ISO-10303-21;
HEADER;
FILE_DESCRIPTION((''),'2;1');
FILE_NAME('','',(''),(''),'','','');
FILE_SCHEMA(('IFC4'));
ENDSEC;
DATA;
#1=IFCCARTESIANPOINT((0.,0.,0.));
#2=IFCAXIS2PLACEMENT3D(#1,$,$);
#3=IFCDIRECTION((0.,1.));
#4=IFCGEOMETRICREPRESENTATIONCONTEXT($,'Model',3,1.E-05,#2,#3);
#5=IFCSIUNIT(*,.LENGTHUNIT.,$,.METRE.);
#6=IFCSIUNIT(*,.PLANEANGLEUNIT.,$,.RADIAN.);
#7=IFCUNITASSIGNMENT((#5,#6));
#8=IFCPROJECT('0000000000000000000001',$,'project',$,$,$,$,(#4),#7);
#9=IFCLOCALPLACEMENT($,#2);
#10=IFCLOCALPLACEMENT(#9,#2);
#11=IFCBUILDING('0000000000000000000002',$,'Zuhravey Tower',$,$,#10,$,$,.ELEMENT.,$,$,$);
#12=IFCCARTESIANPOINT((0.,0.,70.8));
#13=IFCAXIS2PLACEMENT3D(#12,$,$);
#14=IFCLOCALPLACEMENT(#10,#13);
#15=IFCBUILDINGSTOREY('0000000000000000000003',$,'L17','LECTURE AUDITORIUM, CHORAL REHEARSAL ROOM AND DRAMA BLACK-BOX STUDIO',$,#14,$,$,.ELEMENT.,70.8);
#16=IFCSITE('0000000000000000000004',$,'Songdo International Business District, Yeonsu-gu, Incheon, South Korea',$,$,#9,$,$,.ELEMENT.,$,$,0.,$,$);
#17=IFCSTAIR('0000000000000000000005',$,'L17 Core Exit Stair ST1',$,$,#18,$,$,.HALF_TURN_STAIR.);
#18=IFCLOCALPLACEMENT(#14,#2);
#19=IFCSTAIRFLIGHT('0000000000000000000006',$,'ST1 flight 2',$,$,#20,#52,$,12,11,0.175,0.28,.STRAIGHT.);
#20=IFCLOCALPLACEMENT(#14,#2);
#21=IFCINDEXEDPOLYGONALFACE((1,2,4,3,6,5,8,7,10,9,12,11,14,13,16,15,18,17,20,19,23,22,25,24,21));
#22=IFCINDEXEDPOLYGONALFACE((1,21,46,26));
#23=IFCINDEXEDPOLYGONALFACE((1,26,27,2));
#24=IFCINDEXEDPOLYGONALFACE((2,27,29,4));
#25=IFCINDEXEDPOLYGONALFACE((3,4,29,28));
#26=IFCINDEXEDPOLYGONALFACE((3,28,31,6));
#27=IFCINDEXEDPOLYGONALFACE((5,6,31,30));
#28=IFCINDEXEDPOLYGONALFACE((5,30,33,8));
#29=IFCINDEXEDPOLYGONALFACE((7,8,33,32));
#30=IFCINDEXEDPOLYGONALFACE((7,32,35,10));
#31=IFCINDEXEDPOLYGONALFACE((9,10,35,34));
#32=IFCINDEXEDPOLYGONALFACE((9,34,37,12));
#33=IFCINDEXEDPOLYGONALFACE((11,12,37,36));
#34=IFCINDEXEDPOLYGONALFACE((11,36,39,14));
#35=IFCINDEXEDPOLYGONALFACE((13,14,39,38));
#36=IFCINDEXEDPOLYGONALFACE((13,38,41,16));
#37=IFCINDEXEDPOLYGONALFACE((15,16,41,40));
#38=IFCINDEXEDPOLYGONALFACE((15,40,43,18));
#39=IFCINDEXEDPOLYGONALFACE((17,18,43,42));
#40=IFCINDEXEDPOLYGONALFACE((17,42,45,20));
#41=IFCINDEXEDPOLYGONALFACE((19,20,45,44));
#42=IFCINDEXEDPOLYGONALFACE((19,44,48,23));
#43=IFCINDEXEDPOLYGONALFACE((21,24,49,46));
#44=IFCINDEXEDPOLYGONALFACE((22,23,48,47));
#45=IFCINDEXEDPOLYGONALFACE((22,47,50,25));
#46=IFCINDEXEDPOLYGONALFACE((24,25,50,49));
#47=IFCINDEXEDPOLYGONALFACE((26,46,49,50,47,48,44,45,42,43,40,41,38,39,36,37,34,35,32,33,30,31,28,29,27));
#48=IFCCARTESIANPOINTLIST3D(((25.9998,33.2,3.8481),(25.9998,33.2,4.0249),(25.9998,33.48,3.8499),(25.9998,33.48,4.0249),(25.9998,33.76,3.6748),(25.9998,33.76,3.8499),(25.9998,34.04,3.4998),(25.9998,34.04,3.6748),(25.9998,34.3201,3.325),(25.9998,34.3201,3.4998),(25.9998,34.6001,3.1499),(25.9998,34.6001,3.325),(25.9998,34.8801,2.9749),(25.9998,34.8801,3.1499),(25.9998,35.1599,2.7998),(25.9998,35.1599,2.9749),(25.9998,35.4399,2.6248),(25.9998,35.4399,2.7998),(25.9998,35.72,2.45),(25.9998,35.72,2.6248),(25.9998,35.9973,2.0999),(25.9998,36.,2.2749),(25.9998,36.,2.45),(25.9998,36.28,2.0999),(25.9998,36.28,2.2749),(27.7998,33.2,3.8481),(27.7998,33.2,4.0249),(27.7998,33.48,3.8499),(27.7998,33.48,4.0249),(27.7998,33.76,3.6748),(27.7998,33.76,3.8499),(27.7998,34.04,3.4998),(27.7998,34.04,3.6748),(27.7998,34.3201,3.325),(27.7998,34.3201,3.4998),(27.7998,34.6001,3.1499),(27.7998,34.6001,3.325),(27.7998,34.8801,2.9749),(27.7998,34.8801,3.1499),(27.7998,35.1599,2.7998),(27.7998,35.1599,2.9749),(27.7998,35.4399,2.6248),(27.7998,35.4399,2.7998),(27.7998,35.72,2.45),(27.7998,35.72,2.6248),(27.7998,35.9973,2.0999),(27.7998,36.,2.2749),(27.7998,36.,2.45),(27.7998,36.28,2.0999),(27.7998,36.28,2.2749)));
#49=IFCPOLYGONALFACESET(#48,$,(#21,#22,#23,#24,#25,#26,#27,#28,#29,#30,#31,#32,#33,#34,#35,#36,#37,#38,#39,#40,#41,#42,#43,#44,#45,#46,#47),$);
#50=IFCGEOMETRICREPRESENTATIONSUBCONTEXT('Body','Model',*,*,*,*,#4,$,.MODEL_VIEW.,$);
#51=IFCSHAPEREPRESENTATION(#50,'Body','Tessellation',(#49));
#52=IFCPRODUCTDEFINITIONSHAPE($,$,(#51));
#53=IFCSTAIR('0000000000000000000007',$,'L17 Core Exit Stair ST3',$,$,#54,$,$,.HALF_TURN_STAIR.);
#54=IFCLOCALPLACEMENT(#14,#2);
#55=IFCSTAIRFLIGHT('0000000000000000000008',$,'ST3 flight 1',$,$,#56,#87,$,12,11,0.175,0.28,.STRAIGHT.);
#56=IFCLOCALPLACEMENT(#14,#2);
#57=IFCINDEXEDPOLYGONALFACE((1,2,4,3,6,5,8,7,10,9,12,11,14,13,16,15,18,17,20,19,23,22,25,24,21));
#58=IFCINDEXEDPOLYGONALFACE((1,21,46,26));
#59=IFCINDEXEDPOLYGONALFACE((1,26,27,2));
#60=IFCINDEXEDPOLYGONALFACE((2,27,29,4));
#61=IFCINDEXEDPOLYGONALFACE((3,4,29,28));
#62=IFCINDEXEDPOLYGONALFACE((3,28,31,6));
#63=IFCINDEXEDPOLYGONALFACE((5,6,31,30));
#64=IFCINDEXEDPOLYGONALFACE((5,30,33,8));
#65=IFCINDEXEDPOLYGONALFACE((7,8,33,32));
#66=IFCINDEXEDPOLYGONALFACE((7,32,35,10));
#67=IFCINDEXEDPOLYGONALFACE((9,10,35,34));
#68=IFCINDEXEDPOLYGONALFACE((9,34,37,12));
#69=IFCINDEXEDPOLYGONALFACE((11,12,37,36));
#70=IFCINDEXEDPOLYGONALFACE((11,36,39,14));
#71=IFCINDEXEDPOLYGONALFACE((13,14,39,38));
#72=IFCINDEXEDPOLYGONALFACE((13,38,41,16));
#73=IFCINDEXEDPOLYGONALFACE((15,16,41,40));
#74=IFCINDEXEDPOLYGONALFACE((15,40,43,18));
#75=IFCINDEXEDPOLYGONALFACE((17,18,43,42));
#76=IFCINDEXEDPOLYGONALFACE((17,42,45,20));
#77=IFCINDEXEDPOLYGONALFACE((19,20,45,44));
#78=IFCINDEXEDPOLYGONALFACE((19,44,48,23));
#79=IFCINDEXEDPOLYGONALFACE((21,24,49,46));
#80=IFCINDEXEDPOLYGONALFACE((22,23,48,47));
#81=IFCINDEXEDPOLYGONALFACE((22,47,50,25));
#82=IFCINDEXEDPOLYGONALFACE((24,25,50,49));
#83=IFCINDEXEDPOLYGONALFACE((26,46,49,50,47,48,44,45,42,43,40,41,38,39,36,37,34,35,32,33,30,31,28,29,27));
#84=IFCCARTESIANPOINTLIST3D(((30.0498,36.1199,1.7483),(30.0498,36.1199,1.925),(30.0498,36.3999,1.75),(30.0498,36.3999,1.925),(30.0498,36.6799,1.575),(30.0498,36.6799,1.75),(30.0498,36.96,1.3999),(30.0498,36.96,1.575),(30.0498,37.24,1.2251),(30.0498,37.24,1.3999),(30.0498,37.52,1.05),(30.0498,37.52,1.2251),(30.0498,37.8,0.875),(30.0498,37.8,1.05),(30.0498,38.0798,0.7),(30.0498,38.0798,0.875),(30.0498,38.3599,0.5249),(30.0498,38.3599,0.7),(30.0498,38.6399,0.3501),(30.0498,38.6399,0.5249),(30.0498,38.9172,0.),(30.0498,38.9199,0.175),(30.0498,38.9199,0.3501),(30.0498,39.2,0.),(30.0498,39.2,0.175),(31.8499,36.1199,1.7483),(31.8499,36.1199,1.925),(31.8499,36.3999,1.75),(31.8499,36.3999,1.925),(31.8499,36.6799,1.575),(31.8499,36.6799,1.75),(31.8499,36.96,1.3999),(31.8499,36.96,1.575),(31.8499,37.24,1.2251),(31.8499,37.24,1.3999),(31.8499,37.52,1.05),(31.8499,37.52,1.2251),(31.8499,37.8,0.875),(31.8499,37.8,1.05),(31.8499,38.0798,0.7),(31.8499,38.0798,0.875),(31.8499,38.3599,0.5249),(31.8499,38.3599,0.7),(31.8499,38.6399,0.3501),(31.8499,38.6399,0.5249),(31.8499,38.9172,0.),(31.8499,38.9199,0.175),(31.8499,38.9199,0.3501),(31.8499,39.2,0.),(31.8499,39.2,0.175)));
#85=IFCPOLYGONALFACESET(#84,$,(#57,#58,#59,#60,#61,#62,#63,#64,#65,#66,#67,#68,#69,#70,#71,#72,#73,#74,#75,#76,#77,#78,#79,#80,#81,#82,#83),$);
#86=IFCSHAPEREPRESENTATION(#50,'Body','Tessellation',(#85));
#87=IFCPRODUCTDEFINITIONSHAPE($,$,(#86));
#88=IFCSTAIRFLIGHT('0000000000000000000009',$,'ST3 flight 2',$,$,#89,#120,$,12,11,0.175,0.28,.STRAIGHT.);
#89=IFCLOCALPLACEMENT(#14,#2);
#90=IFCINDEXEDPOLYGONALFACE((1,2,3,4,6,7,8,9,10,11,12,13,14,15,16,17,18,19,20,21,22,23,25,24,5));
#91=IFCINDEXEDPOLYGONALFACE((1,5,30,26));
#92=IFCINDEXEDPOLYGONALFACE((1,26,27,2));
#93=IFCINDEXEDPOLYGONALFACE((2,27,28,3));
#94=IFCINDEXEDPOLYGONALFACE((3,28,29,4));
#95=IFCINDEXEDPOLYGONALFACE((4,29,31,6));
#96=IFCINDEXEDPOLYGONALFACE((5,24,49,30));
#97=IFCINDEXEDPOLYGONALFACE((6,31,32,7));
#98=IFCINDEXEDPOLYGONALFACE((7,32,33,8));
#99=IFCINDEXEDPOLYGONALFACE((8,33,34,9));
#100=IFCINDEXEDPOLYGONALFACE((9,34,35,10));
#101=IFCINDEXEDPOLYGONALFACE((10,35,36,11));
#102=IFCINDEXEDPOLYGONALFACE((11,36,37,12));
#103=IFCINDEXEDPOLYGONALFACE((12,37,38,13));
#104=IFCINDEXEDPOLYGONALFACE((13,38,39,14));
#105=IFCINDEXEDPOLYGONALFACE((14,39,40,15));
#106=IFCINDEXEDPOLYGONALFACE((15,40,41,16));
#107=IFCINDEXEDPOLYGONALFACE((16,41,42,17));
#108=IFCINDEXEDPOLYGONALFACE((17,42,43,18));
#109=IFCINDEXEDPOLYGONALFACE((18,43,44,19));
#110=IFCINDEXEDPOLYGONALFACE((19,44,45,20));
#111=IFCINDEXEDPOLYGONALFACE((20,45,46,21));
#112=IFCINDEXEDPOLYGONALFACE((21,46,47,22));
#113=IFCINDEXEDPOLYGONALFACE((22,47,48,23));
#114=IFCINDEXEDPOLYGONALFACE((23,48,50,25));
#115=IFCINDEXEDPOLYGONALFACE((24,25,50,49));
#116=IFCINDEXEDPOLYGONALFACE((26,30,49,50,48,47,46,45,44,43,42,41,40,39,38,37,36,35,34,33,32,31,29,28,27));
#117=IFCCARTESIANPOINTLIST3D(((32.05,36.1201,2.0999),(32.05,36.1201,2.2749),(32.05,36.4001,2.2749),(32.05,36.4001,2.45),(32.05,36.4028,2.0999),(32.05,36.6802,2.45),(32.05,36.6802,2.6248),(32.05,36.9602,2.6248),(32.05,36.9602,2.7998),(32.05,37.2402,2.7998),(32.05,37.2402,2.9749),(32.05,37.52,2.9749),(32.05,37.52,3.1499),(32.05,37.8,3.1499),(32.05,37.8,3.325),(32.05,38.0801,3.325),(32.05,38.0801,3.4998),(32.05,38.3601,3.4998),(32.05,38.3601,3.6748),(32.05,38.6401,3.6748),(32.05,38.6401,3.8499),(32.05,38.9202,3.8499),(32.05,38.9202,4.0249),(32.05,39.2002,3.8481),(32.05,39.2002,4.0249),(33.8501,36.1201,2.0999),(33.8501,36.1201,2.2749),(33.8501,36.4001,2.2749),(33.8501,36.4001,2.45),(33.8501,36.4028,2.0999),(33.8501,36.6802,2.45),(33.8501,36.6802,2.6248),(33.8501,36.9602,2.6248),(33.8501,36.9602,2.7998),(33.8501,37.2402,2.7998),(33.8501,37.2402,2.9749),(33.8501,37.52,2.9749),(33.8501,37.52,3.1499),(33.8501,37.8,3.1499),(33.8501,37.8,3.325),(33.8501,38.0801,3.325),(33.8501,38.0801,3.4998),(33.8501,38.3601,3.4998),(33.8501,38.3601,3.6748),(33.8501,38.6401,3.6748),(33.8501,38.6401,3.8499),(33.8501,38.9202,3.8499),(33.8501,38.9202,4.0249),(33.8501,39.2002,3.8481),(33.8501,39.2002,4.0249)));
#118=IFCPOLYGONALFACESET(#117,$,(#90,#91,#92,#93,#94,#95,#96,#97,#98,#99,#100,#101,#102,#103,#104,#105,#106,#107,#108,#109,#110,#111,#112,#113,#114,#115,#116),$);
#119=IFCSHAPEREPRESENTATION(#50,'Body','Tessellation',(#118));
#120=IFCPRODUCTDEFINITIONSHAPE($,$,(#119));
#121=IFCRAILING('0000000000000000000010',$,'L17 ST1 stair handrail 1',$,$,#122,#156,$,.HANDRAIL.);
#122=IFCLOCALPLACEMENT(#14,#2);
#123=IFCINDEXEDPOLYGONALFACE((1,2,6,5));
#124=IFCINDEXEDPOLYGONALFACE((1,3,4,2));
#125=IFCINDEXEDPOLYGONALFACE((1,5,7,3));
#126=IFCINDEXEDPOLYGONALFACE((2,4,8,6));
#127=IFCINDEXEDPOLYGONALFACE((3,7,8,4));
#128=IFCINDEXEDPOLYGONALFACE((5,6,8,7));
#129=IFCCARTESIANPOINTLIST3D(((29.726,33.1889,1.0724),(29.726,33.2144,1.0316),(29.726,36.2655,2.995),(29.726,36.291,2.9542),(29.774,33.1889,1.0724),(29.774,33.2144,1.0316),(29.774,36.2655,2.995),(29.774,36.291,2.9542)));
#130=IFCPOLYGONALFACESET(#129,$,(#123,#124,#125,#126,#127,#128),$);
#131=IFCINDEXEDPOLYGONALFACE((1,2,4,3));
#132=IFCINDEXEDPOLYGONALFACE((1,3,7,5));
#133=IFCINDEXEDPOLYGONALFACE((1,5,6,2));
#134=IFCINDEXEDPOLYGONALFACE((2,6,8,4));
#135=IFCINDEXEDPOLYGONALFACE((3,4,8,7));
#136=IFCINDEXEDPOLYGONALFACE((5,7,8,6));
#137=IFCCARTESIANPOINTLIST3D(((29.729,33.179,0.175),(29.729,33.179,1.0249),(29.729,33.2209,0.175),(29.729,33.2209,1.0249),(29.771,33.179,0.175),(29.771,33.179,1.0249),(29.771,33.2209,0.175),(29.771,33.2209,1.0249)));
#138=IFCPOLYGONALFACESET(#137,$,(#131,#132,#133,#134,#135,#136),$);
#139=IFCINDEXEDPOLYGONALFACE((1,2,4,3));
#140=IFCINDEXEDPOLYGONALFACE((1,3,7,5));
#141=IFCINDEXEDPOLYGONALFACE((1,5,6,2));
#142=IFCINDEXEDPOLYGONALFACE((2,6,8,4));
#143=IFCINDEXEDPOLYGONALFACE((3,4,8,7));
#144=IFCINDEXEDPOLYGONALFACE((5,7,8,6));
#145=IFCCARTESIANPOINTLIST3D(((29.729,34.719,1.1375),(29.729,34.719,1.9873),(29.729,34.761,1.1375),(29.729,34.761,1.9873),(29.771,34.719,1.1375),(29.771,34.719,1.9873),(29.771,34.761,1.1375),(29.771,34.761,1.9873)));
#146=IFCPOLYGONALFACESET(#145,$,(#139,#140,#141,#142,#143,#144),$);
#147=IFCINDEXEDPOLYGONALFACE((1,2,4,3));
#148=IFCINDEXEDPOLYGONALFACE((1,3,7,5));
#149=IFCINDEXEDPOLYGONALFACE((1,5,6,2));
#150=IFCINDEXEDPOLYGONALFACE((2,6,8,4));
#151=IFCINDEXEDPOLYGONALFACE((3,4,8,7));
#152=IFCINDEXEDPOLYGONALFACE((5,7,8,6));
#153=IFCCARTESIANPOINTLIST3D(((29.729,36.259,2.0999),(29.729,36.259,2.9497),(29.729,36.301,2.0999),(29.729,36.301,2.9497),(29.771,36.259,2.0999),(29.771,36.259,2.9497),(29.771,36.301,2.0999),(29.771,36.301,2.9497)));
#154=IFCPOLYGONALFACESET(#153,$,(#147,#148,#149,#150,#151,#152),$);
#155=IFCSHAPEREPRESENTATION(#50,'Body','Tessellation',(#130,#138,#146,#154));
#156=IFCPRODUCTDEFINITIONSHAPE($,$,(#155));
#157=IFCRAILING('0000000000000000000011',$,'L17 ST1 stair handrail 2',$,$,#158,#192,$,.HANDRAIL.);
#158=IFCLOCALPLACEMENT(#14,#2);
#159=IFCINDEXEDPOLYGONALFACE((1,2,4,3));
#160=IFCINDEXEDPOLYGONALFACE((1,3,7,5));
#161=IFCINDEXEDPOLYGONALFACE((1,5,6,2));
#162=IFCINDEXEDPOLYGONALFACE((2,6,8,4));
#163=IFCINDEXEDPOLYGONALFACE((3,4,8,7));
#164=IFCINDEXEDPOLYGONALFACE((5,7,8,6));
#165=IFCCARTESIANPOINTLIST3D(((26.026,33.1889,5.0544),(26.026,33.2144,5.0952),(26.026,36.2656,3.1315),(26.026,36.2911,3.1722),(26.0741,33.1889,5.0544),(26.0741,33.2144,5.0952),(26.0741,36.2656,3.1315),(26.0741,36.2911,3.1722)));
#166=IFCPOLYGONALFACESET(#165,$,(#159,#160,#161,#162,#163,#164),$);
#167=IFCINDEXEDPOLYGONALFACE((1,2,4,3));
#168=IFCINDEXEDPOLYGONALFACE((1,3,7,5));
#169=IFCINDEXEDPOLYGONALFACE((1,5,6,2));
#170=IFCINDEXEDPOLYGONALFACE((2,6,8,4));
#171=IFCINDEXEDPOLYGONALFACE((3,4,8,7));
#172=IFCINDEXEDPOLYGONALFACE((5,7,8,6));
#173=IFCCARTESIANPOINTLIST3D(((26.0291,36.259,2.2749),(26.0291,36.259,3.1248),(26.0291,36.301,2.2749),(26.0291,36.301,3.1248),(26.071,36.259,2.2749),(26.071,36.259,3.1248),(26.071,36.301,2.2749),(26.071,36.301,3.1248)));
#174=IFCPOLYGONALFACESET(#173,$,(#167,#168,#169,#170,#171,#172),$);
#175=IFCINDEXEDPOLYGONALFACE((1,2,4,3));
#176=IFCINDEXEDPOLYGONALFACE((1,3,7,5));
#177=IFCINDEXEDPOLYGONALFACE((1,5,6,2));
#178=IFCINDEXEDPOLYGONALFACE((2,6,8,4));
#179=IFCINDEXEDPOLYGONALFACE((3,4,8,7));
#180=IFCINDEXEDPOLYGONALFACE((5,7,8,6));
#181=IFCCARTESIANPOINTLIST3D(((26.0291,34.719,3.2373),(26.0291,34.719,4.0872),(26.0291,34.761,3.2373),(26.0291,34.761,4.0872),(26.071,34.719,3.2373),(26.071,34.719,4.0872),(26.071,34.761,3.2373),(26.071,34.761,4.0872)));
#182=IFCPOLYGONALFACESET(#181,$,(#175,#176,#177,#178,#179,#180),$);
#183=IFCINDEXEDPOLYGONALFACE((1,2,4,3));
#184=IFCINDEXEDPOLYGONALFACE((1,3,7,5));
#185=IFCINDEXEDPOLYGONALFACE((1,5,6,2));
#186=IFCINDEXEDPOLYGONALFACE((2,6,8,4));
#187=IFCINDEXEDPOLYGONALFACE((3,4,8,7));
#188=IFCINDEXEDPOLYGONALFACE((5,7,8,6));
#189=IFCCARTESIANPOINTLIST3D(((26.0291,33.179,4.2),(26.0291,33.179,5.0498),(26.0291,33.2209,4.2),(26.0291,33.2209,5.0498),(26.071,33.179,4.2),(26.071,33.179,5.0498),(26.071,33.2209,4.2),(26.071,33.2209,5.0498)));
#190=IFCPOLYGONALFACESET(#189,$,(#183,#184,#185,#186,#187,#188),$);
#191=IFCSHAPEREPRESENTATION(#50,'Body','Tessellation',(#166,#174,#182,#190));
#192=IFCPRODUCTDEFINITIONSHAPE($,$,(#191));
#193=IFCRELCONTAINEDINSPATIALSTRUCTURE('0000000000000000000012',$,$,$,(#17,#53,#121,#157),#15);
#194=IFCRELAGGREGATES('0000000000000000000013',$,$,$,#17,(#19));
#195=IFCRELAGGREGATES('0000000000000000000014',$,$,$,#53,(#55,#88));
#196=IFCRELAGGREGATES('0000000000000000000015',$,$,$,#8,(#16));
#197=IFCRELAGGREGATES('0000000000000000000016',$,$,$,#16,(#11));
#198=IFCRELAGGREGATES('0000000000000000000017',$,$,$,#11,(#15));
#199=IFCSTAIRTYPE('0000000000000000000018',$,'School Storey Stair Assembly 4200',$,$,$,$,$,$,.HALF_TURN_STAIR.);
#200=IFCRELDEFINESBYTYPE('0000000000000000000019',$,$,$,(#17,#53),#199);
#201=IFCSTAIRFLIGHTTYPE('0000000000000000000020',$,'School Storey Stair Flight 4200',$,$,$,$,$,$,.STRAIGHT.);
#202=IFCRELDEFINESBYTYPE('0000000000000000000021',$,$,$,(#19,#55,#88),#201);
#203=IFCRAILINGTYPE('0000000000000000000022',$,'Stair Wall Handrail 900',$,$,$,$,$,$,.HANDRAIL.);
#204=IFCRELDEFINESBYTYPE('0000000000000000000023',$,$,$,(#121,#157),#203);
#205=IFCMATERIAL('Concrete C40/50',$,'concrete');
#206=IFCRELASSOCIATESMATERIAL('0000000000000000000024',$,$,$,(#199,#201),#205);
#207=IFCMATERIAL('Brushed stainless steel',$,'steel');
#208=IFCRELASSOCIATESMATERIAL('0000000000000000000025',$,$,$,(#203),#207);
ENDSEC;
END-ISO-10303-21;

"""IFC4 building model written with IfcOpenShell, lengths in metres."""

from ifc_helpers import new_model, si_unit, direction, frame, origin, origin_2d, place, context, subcontext, project, spatial, polyline, rectangle, outline, extrude, material, type_object, element, aggregate, save


model = new_model("IFC4")

# Units and contexts
model_context = context("Model", 3, precision=1e-05, world=origin(), true_north=direction((0.0, 1.0)))
body_context = subcontext(model_context, "Body", "Model", "MODEL_VIEW")
ifc_project = project(units=[si_unit("LENGTHUNIT", "METRE"), si_unit("PLANEANGLEUNIT", "RADIAN")], contexts=[model_context])

# Site, building, storey
site_placement = place(None, origin())
site = spatial("IfcSite", under=ifc_project, at=site_placement, Name="Songdo International Business District, Yeonsu-gu, Incheon, South Korea", CompositionType="ELEMENT", RefElevation=0.0)
building_placement = place(site_placement, origin())
building = spatial("IfcBuilding", under=site, at=building_placement, Name="Zuhravey Tower", CompositionType="ELEMENT")
storey_placement = place(building_placement, frame((0.0, 0.0, 70.8)))
storey = spatial("IfcBuildingStorey", under=building, at=storey_placement, Name="L17", Description="LECTURE AUDITORIUM, CHORAL REHEARSAL ROOM AND DRAMA BLACK-BOX STUDIO", CompositionType="ELEMENT", Elevation=70.8)

# Stairs, stair flights
ifc_material_1 = material(Name="Concrete C40/50", Category="concrete")
stair_type = type_object("IfcStairType", Name="School Storey Stair Assembly 4200", PredefinedType="HALF_TURN_STAIR", material=ifc_material_1)
stair_1_placement = place(storey_placement, origin())
stair_1 = element("IfcStair", 1, at=stair_1_placement, inside=storey, type_object=stair_type, Name="L17 Core Exit Stair ST1", PredefinedType="HALF_TURN_STAIR")
stair_flight_type = type_object("IfcStairFlightType", Name="School Storey Stair Flight 4200", PredefinedType="STRAIGHT", material=ifc_material_1)
stair_flight_1_placement = place(storey_placement, frame((26.8999, 36.28, 2.0999), z_axis=(0.0, 0.0, 1.0), x_axis=(0.0, -1.0, 0.0)))
stair_flight_1 = element("IfcStairFlight", 2, at=stair_flight_1_placement, type_object=stair_flight_type, Name="ST1 flight 2", NumberOfRisers=12, NumberOfTreads=11, PredefinedType="STRAIGHT", RiserHeight=0.175, TreadLength=0.28, context=body_context, shape_type="SweptSolid", body=[
    extrude(outline(polyline([(0.0, 0.0), (0.0, 0.175), (0.28, 0.175), (0.28, 0.3501), (0.5601, 0.3501), (0.5601, 0.5249), (0.8401, 0.5249), (0.8401, 0.7), (1.1201, 0.7), (1.1201, 0.875), (1.3999, 0.875), (1.3999, 1.05), (1.6799, 1.05), (1.6799, 1.2251), (1.96, 1.2251), (1.96, 1.3999), (2.24, 1.3999), (2.24, 1.575), (2.52, 1.575), (2.52, 1.75), (2.8, 1.75), (2.8, 1.925), (3.0801, 1.925), (3.0801, 2.1001), (3.0801, 1.7483), (0.2827, 0.0), (0.0, 0.0)])), frame((0.0, 0.8999, 0.0), z_axis=(0.0, -1.0, 0.0), x_axis=(1.0, 0.0, 0.0)), (0.0, 0.0, 1.0), 1.8),
])
aggregate(stair_1, [stair_flight_1])
stair_2_placement = place(storey_placement, origin())
stair_2 = element("IfcStair", 3, at=stair_2_placement, inside=storey, type_object=stair_type, Name="L17 Core Exit Stair ST3", PredefinedType="HALF_TURN_STAIR")
stair_flight_2_placement = place(storey_placement, frame((30.95, 39.2, 0.0), z_axis=(0.0, 0.0, 1.0), x_axis=(0.0, -1.0, 0.0)))
stair_flight_2 = element("IfcStairFlight", 4, at=stair_flight_2_placement, type_object=stair_flight_type, Name="ST3 flight 1", NumberOfRisers=12, NumberOfTreads=11, PredefinedType="STRAIGHT", RiserHeight=0.175, TreadLength=0.28, context=body_context, shape_type="SweptSolid", body=[
    extrude(outline(polyline([(0.0, 0.0), (0.0, 0.175), (0.28, 0.175), (0.28, 0.3501), (0.5601, 0.3501), (0.5601, 0.5249), (0.8401, 0.5249), (0.8401, 0.7), (1.1201, 0.7), (1.1201, 0.875), (1.3999, 0.875), (1.3999, 1.05), (1.6799, 1.05), (1.6799, 1.2251), (1.96, 1.2251), (1.96, 1.3999), (2.24, 1.3999), (2.24, 1.575), (2.52, 1.575), (2.52, 1.75), (2.8, 1.75), (2.8, 1.925), (3.0801, 1.925), (3.0801, 2.1001), (3.0801, 1.7483), (0.2827, 0.0), (0.0, 0.0)])), frame((0.0, 0.8999, 0.0), z_axis=(0.0, -1.0, 0.0), x_axis=(1.0, 0.0, 0.0)), (0.0, 0.0, 1.0), 1.8),
])
stair_flight_3_placement = place(storey_placement, frame((32.95, 36.1201, 2.0999), z_axis=(0.0, 0.0, 1.0), x_axis=(0.0, 1.0, 0.0)))
stair_flight_3 = element("IfcStairFlight", 5, at=stair_flight_3_placement, type_object=stair_flight_type, Name="ST3 flight 2", NumberOfRisers=12, NumberOfTreads=11, PredefinedType="STRAIGHT", RiserHeight=0.175, TreadLength=0.28, context=body_context, shape_type="SweptSolid", body=[
    extrude(outline(polyline([(0.0, 0.0), (0.0, 0.175), (0.28, 0.175), (0.28, 0.3501), (0.5601, 0.3501), (0.5601, 0.5249), (0.8401, 0.5249), (0.8401, 0.7), (1.1201, 0.7), (1.1201, 0.875), (1.3999, 0.875), (1.3999, 1.05), (1.6799, 1.05), (1.6799, 1.2251), (1.96, 1.2251), (1.96, 1.3999), (2.24, 1.3999), (2.24, 1.575), (2.52, 1.575), (2.52, 1.75), (2.8, 1.75), (2.8, 1.925), (3.0801, 1.925), (3.0801, 2.1001), (3.0801, 1.7483), (0.2827, 0.0), (0.0, 0.0)])), frame((0.0, 0.8999, 0.0), z_axis=(0.0, -1.0, 0.0), x_axis=(1.0, 0.0, 0.0)), (0.0, 0.0, 1.0), 1.8),
])
aggregate(stair_2, [stair_flight_2, stair_flight_3])

# Railings
ifc_material_2 = material(Name="Brushed stainless steel", Category="steel")
railing_type_1 = type_object("IfcRailingType", Name="Stair Wall Handrail 900", PredefinedType="HANDRAIL", material=ifc_material_2)
railing_1_placement = place(storey_placement, frame((29.75, 33.2, 0.175)))
element("IfcRailing", 6, at=railing_1_placement, inside=storey, type_object=railing_type_1, Name="L17 ST1 stair handrail 1", PredefinedType="HANDRAIL", context=body_context, shape_type="SweptSolid", body=[
    extrude(rectangle(XDim=0.0481, YDim=0.0481, at=origin_2d()), frame((0.0, 0.0017, 0.877), z_axis=(0.0, 0.848029, 0.529951), x_axis=(-1.0, 0.0, 0.0)), (0.0, 0.0, 1.0), 3.6279),
    extrude(rectangle(XDim=0.042, YDim=0.042, at=origin_2d()), origin(), (0.0, 0.0, 1.0), 0.8499),
    extrude(rectangle(XDim=0.042, YDim=0.042, at=origin_2d()), frame((0.0, 1.54, 0.9624)), (0.0, 0.0, 1.0), 0.8499),
    extrude(rectangle(XDim=0.042, YDim=0.042, at=origin_2d()), frame((0.0, 3.0801, 1.9248)), (0.0, 0.0, 1.0), 0.8499),
])
railing_2_placement = place(storey_placement, frame((26.05, 36.28, 2.2749)))
element("IfcRailing", 7, at=railing_2_placement, inside=storey, type_object=railing_type_1, Name="L17 ST1 stair handrail 2", PredefinedType="HANDRAIL", context=body_context, shape_type="SweptSolid", body=[
    extrude(rectangle(XDim=0.0481, YDim=0.0481, at=origin_2d()), frame((0.0, -0.0017, 0.877), z_axis=(0.0, -0.847998, 0.529999), x_axis=(1.0, 0.0, 0.0)), (0.0, 0.0, 1.0), 3.6282),
    extrude(rectangle(XDim=0.042, YDim=0.042, at=origin_2d()), origin(), (0.0, 0.0, 1.0), 0.8499),
    extrude(rectangle(XDim=0.042, YDim=0.042, at=origin_2d()), frame((0.0, -1.54, 0.9624)), (0.0, 0.0, 1.0), 0.8499),
    extrude(rectangle(XDim=0.042, YDim=0.042, at=origin_2d()), frame((0.0, -3.0801, 1.925)), (0.0, 0.0, 1.0), 0.8499),
])

save(model, "model.ifc")
